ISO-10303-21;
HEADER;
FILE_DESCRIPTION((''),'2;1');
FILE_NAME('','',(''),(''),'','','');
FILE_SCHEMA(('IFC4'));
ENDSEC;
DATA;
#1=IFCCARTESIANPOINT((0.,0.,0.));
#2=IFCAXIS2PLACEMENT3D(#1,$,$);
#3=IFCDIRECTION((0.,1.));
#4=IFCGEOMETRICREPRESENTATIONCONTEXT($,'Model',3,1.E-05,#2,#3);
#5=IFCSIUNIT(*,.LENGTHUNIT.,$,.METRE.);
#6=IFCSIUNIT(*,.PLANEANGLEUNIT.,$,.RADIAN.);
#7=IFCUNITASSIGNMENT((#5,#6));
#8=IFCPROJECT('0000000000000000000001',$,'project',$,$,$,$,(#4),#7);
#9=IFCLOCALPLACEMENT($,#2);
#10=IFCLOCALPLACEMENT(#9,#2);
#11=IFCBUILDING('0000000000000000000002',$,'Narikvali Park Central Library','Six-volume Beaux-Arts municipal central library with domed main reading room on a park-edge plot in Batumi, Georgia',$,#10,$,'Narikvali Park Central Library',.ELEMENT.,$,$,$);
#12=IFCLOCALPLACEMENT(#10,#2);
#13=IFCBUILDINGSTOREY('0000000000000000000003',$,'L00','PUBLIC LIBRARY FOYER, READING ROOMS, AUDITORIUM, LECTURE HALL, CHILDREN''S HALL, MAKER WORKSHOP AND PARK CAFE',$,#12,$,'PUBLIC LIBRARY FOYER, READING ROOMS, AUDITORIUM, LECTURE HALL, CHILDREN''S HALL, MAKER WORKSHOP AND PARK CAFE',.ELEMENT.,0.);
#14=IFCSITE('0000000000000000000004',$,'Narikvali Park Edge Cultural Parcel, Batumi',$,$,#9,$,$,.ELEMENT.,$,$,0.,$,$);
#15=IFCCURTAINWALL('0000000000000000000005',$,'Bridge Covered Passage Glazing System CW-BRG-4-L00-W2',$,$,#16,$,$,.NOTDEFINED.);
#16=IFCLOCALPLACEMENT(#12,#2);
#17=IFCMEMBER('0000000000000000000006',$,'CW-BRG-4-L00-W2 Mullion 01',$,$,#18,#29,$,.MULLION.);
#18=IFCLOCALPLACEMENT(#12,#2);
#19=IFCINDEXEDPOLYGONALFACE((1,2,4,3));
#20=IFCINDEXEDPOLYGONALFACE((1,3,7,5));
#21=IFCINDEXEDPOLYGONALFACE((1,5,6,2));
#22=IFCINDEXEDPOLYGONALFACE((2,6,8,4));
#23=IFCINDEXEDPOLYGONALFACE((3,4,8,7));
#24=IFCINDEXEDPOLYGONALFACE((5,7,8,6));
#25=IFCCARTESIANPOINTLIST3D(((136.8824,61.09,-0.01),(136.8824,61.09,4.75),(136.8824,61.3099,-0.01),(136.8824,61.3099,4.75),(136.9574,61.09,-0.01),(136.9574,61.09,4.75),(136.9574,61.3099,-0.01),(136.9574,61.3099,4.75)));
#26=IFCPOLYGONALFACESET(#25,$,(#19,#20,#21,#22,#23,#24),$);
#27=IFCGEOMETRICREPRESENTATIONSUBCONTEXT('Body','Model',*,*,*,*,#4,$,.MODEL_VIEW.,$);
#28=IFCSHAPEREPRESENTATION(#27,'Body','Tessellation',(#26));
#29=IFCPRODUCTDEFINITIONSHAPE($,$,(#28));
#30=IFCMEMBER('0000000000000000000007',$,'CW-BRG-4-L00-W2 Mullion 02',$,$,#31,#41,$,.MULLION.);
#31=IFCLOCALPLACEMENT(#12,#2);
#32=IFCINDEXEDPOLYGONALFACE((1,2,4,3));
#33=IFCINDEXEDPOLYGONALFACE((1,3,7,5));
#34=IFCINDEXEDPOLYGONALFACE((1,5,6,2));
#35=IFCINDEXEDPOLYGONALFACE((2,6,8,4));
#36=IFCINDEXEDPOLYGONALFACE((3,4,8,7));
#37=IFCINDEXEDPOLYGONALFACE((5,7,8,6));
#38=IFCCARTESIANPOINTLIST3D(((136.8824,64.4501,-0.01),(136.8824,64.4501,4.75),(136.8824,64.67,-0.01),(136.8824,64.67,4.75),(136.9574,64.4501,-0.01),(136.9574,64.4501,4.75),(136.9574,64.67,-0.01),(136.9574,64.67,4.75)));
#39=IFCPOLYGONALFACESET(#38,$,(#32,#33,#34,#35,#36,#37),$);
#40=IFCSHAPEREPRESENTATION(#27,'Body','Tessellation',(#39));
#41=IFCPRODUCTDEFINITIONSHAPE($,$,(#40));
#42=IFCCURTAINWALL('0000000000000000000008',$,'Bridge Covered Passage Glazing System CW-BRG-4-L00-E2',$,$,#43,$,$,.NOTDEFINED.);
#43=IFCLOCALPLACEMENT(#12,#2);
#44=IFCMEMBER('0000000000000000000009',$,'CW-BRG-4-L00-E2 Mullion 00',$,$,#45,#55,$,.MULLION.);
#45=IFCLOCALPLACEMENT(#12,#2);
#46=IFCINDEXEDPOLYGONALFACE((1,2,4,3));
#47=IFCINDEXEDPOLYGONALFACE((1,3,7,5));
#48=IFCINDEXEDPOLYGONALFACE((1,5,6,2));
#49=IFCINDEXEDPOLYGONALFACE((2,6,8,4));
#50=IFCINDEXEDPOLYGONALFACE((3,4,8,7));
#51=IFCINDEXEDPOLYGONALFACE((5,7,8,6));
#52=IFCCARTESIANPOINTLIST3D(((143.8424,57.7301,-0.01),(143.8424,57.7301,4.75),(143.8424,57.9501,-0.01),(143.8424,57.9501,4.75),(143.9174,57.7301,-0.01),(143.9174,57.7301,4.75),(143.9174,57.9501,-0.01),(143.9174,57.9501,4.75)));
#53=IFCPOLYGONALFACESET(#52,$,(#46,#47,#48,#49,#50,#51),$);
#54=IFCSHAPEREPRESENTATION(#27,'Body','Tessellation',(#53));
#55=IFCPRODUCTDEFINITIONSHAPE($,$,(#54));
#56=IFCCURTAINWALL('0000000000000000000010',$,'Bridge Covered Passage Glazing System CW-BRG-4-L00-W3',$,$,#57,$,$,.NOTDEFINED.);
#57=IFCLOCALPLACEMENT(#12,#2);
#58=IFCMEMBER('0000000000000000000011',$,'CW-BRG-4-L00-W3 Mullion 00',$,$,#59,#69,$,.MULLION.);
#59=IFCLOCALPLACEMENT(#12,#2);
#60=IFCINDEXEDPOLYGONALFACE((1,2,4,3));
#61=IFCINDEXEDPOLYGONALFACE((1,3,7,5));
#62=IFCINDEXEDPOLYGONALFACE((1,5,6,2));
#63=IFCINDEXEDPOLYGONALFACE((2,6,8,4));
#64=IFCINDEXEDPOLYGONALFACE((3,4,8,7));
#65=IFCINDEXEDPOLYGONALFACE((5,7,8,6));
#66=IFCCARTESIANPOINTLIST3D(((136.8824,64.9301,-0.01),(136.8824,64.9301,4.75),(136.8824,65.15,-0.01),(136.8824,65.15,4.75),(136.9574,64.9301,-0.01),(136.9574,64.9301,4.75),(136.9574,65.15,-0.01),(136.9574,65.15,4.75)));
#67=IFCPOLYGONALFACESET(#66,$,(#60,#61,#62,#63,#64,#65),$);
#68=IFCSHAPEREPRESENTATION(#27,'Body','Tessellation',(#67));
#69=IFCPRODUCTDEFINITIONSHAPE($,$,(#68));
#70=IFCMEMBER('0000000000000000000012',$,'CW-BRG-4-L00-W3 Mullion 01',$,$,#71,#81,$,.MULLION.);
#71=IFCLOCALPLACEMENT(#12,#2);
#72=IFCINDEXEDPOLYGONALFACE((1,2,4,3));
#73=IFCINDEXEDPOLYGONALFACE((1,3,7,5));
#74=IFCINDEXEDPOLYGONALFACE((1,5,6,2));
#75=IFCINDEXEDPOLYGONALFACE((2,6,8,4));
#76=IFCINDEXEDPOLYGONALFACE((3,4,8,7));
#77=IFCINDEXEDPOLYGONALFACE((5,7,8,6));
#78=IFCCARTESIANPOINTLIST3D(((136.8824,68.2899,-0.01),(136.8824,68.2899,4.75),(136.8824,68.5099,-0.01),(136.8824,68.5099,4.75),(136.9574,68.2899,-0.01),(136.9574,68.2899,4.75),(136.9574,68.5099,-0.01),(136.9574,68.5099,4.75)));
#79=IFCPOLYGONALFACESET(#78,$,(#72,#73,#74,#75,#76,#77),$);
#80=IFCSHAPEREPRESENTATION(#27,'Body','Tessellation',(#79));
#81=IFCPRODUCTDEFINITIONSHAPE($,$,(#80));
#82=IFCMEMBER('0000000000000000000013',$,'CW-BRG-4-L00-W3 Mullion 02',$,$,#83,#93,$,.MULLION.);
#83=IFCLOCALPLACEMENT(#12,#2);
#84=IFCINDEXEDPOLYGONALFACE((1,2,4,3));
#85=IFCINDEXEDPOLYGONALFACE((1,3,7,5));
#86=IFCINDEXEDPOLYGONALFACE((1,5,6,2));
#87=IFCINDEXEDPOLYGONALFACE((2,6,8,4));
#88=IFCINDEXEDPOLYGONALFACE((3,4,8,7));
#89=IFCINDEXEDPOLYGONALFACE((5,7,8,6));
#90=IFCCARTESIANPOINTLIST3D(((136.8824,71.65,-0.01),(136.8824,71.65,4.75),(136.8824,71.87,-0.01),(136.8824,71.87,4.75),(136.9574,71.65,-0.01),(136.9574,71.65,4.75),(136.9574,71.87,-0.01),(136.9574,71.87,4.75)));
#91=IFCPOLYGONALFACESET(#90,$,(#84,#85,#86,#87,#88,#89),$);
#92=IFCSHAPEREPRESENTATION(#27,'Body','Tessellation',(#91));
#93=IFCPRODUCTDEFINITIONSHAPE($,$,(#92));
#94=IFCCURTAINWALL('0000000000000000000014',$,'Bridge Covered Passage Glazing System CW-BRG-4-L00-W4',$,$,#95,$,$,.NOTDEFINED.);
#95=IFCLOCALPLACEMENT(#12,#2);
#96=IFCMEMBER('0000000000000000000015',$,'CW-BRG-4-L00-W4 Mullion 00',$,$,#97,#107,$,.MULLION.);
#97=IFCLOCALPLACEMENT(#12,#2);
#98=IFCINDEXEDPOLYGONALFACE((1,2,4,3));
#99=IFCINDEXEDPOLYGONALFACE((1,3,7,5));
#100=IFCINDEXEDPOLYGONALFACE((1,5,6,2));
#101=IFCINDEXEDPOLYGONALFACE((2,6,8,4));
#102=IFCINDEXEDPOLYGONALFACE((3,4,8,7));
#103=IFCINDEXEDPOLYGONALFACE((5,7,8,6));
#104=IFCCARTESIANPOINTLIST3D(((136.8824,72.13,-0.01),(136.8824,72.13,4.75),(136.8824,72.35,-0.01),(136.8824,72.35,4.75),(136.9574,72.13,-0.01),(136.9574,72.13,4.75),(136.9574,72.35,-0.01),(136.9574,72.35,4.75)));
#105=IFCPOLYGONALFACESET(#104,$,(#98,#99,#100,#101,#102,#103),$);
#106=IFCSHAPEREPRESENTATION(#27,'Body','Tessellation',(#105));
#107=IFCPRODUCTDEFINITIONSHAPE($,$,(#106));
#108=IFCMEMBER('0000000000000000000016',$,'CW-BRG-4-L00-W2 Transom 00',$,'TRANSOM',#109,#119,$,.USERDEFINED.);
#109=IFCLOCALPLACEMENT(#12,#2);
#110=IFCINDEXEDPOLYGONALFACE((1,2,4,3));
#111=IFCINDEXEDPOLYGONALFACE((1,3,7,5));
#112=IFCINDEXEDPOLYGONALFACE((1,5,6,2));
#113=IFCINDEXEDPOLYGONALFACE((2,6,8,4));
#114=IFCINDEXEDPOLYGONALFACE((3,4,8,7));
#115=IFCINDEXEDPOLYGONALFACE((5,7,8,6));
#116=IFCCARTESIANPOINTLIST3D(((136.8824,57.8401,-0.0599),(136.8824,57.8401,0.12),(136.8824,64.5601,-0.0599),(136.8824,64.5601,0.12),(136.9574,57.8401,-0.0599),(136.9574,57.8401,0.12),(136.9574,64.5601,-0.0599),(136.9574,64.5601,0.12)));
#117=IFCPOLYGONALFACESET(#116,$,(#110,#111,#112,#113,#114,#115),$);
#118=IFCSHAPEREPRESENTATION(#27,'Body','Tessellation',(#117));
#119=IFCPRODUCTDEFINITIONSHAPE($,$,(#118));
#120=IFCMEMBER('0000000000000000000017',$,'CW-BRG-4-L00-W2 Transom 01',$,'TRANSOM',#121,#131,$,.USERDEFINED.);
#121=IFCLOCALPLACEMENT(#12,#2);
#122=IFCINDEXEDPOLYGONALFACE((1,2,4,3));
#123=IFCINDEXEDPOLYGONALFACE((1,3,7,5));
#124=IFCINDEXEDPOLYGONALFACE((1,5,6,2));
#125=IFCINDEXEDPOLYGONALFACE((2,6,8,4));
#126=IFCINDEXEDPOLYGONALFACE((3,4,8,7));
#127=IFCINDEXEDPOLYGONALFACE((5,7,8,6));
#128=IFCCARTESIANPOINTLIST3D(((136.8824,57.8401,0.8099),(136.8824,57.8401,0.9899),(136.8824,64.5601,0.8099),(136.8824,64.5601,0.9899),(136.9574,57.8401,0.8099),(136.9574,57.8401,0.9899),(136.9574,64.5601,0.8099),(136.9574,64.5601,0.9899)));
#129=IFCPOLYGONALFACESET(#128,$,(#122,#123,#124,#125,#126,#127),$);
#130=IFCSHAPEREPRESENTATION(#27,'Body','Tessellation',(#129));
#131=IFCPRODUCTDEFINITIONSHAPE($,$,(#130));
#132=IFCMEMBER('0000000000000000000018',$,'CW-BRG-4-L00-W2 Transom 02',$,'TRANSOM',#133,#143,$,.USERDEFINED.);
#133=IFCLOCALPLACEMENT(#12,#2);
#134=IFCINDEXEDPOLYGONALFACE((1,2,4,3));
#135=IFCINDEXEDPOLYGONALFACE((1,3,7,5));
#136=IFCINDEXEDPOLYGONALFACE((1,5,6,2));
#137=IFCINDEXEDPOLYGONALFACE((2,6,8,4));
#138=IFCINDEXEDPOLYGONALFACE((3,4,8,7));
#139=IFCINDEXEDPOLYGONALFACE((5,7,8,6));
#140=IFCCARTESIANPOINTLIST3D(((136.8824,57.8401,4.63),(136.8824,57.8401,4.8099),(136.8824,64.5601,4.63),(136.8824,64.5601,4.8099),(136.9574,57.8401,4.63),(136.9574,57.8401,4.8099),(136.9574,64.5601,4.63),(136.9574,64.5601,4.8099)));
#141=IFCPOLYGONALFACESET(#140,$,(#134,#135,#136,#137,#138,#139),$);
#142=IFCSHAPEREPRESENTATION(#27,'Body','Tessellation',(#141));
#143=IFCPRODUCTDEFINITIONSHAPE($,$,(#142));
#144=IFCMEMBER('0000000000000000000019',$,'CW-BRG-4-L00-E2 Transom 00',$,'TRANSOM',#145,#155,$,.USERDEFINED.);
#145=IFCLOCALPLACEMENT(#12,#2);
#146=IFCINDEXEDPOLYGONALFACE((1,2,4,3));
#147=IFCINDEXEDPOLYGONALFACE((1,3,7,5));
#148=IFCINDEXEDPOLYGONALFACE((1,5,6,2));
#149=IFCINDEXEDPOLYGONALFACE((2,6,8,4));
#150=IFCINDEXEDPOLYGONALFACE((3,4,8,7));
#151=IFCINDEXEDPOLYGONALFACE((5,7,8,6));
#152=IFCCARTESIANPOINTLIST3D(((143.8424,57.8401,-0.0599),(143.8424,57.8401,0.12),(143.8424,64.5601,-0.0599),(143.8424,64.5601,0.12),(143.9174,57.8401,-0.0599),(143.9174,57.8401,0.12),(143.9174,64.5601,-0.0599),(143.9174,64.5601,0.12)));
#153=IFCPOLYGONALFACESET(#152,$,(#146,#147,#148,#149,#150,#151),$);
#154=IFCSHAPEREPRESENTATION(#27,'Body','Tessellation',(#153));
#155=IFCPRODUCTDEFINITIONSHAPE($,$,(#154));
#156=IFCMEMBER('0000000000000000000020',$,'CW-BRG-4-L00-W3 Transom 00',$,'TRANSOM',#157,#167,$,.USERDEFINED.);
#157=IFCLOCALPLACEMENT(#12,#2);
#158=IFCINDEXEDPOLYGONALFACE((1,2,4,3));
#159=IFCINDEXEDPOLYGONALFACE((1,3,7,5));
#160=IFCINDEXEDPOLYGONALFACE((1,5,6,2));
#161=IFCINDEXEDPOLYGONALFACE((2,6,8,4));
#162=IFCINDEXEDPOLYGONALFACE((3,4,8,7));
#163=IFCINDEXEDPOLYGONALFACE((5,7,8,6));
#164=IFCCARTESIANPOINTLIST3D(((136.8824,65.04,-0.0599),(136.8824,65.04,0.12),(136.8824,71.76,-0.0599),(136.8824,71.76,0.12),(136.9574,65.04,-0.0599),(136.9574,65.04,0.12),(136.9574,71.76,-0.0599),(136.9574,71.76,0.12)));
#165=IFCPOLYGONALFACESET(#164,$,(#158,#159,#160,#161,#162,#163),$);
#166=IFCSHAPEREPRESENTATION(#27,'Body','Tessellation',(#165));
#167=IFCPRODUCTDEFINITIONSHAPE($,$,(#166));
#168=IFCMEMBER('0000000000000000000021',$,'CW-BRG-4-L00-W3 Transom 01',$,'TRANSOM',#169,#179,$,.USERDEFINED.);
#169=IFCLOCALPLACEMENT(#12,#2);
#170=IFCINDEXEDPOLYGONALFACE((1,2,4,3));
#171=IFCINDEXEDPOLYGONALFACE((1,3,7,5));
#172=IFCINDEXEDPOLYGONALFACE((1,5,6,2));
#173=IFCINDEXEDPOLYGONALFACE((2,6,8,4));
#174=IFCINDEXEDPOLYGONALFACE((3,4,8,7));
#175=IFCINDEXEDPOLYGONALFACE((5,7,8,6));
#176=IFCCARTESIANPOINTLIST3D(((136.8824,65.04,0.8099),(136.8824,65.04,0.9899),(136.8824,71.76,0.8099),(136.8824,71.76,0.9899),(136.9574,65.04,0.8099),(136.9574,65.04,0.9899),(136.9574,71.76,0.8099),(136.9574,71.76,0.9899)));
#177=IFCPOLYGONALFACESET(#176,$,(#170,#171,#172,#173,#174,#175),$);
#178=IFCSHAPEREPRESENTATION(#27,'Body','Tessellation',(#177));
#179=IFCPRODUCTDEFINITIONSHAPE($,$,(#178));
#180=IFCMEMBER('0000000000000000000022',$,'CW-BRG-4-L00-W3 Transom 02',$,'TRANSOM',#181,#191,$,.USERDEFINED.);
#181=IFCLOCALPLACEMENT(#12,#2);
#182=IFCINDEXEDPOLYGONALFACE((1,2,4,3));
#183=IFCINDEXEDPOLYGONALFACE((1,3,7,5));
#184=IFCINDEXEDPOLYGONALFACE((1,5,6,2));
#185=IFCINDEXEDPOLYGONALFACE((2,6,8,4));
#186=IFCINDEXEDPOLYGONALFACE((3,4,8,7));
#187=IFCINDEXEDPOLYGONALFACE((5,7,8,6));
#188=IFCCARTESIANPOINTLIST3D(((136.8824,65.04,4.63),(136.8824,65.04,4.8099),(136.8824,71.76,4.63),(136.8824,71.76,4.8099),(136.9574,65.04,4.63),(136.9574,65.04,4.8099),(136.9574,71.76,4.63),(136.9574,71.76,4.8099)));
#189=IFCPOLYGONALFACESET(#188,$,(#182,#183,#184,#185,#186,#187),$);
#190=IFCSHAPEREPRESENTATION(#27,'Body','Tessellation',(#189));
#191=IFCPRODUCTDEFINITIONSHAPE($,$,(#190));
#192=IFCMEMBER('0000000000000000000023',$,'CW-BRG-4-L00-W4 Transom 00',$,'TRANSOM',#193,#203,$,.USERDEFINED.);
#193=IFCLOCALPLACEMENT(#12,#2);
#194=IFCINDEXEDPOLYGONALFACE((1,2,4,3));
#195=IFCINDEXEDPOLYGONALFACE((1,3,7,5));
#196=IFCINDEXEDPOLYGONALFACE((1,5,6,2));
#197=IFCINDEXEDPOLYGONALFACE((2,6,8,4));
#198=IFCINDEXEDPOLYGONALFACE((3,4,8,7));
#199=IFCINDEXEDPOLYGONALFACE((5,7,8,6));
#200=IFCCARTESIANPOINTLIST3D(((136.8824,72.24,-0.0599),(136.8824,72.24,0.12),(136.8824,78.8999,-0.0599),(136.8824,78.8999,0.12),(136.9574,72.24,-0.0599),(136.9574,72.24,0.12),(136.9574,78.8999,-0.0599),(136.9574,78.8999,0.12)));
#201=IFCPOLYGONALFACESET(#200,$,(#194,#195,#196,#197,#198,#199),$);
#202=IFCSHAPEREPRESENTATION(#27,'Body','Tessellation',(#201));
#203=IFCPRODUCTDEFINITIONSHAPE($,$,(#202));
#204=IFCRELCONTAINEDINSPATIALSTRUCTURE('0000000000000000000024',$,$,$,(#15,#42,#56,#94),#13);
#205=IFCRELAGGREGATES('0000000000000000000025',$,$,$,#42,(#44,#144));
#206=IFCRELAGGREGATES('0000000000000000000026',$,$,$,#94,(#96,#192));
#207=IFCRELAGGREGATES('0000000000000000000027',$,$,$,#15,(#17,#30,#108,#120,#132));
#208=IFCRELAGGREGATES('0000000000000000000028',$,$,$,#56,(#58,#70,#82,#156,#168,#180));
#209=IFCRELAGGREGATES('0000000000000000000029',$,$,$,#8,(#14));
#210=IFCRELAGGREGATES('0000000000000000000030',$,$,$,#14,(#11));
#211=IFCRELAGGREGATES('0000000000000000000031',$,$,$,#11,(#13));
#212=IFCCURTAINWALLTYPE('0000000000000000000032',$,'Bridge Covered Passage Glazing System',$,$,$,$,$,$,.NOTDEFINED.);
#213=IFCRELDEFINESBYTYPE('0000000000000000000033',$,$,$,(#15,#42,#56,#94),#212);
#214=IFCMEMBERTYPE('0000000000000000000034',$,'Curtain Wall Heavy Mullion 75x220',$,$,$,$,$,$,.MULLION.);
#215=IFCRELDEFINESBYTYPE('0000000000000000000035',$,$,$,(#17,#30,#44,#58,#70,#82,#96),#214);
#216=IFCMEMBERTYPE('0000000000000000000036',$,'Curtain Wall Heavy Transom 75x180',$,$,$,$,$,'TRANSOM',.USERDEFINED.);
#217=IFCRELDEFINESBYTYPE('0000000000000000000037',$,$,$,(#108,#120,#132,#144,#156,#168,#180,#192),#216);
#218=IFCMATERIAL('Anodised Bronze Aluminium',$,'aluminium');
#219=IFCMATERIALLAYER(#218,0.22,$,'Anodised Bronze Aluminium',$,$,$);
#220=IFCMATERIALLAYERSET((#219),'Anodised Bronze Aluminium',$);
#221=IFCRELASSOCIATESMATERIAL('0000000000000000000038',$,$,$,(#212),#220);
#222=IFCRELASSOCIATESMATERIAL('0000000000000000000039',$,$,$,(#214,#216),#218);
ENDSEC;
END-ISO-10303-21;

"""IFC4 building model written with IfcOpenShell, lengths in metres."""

from ifc_helpers import new_model, si_unit, direction, frame, origin, origin_2d, place, context, subcontext, project, spatial, rectangle, extrude, material, layer, layer_set, material_profile, profile_set, type_object, element, aggregate, save


model = new_model("IFC4")

# Units and contexts
model_context = context("Model", 3, precision=1e-05, world=origin(), true_north=direction((0.0, 1.0)))
body_context = subcontext(model_context, "Body", "Model", "MODEL_VIEW")
ifc_project = project(units=[si_unit("LENGTHUNIT", "METRE"), si_unit("PLANEANGLEUNIT", "RADIAN")], contexts=[model_context])

# Site, building, storey
site_placement = place(None, origin())
site = spatial("IfcSite", under=ifc_project, at=site_placement, Name="Narikvali Park Edge Cultural Parcel, Batumi", CompositionType="ELEMENT", RefElevation=0.0)
building_placement = place(site_placement, origin())
building = spatial("IfcBuilding", under=site, at=building_placement, Name="Narikvali Park Central Library", Description="Six-volume Beaux-Arts municipal central library with domed main reading room on a park-edge plot in Batumi, Georgia", LongName="Narikvali Park Central Library", CompositionType="ELEMENT")
storey_placement = place(building_placement, origin())
storey = spatial("IfcBuildingStorey", under=building, at=storey_placement, Name="L00", Description="PUBLIC LIBRARY FOYER, READING ROOMS, AUDITORIUM, LECTURE HALL, CHILDREN'S HALL, MAKER WORKSHOP AND PARK CAFE", LongName="PUBLIC LIBRARY FOYER, READING ROOMS, AUDITORIUM, LECTURE HALL, CHILDREN'S HALL, MAKER WORKSHOP AND PARK CAFE", CompositionType="ELEMENT", Elevation=0.0)

# Curtain wall, members
ifc_material_1 = material(Name="Anodised Bronze Aluminium", Category="aluminium")
ifc_layer_1 = layer(ifc_material_1, 0.22, Name="Anodised Bronze Aluminium")
ifc_layer_set_1 = layer_set([ifc_layer_1], Name="Anodised Bronze Aluminium")
curtain_wall_type = type_object("IfcCurtainWallType", Name="Bridge Covered Passage Glazing System", PredefinedType="NOTDEFINED", material=ifc_layer_set_1)
curtain_wall_1_placement = place(storey_placement, origin())
curtain_wall_1 = element("IfcCurtainWall", 1, at=curtain_wall_1_placement, inside=storey, type_object=curtain_wall_type, Name="Bridge Covered Passage Glazing System CW-BRG-4-L00-W2", PredefinedType="NOTDEFINED")
ifc_material_profile_1 = material_profile(ifc_material_1, rectangle(XDim=0.075, YDim=0.22, at=origin_2d()), Name="CW MULLION 75x220")
ifc_profile_set_1 = profile_set([ifc_material_profile_1], Name="Anodised Bronze Aluminium")
member_type_1 = type_object("IfcMemberType", Name="Curtain Wall Heavy Mullion 75x220", PredefinedType="MULLION", material=ifc_profile_set_1)
member_1_placement = place(storey_placement, frame((136.9199, 61.2, -0.01), z_axis=(0.0, 0.0, 1.0), x_axis=(1.0, 0.0, 0.0)))
member_1 = element("IfcMember", 2, at=member_1_placement, type_object=member_type_1, Name="CW-BRG-4-L00-W2 Mullion 01", PredefinedType="MULLION", context=body_context, shape_type="SweptSolid", body=[
    extrude(rectangle(XDim=0.075, YDim=0.22, at=origin_2d()), origin(), (0.0, 0.0, 1.0), 4.76),
])
member_2_placement = place(storey_placement, frame((136.9199, 64.5601, -0.01), z_axis=(0.0, 0.0, 1.0), x_axis=(1.0, 0.0, 0.0)))
member_2 = element("IfcMember", 3, at=member_2_placement, type_object=member_type_1, Name="CW-BRG-4-L00-W2 Mullion 02", PredefinedType="MULLION", context=body_context, shape_type="SweptSolid", body=[
    extrude(rectangle(XDim=0.075, YDim=0.22, at=origin_2d()), origin(), (0.0, 0.0, 1.0), 4.76),
])

# Curtain wall, member
curtain_wall_2_placement = place(storey_placement, origin())
curtain_wall_2 = element("IfcCurtainWall", 4, at=curtain_wall_2_placement, inside=storey, type_object=curtain_wall_type, Name="Bridge Covered Passage Glazing System CW-BRG-4-L00-E2", PredefinedType="NOTDEFINED")
member_3_placement = place(storey_placement, frame((143.8799, 57.8401, -0.01), z_axis=(0.0, 0.0, 1.0), x_axis=(1.0, 0.0, 0.0)))
member_3 = element("IfcMember", 5, at=member_3_placement, type_object=member_type_1, Name="CW-BRG-4-L00-E2 Mullion 00", PredefinedType="MULLION", context=body_context, shape_type="SweptSolid", body=[
    extrude(rectangle(XDim=0.075, YDim=0.22, at=origin_2d()), origin(), (0.0, 0.0, 1.0), 4.76),
])

# Curtain wall, members
curtain_wall_3_placement = place(storey_placement, origin())
curtain_wall_3 = element("IfcCurtainWall", 6, at=curtain_wall_3_placement, inside=storey, type_object=curtain_wall_type, Name="Bridge Covered Passage Glazing System CW-BRG-4-L00-W3", PredefinedType="NOTDEFINED")
member_4_placement = place(storey_placement, frame((136.9199, 65.04, -0.01), z_axis=(0.0, 0.0, 1.0), x_axis=(1.0, 0.0, 0.0)))
member_4 = element("IfcMember", 7, at=member_4_placement, type_object=member_type_1, Name="CW-BRG-4-L00-W3 Mullion 00", PredefinedType="MULLION", context=body_context, shape_type="SweptSolid", body=[
    extrude(rectangle(XDim=0.075, YDim=0.22, at=origin_2d()), origin(), (0.0, 0.0, 1.0), 4.76),
])
member_5_placement = place(storey_placement, frame((136.9199, 68.3999, -0.01), z_axis=(0.0, 0.0, 1.0), x_axis=(1.0, 0.0, 0.0)))
member_5 = element("IfcMember", 8, at=member_5_placement, type_object=member_type_1, Name="CW-BRG-4-L00-W3 Mullion 01", PredefinedType="MULLION", context=body_context, shape_type="SweptSolid", body=[
    extrude(rectangle(XDim=0.075, YDim=0.22, at=origin_2d()), origin(), (0.0, 0.0, 1.0), 4.76),
])
member_6_placement = place(storey_placement, frame((136.9199, 71.76, -0.01), z_axis=(0.0, 0.0, 1.0), x_axis=(1.0, 0.0, 0.0)))
member_6 = element("IfcMember", 9, at=member_6_placement, type_object=member_type_1, Name="CW-BRG-4-L00-W3 Mullion 02", PredefinedType="MULLION", context=body_context, shape_type="SweptSolid", body=[
    extrude(rectangle(XDim=0.075, YDim=0.22, at=origin_2d()), origin(), (0.0, 0.0, 1.0), 4.76),
])

# Curtain wall, member
curtain_wall_4_placement = place(storey_placement, origin())
curtain_wall_4 = element("IfcCurtainWall", 10, at=curtain_wall_4_placement, inside=storey, type_object=curtain_wall_type, Name="Bridge Covered Passage Glazing System CW-BRG-4-L00-W4", PredefinedType="NOTDEFINED")
member_7_placement = place(storey_placement, frame((136.9199, 72.24, -0.01), z_axis=(0.0, 0.0, 1.0), x_axis=(1.0, 0.0, 0.0)))
member_7 = element("IfcMember", 11, at=member_7_placement, type_object=member_type_1, Name="CW-BRG-4-L00-W4 Mullion 00", PredefinedType="MULLION", context=body_context, shape_type="SweptSolid", body=[
    extrude(rectangle(XDim=0.075, YDim=0.22, at=origin_2d()), origin(), (0.0, 0.0, 1.0), 4.76),
])

# Members
ifc_material_profile_2 = material_profile(ifc_material_1, rectangle(XDim=0.075, YDim=0.1799, at=origin_2d()), Name="CW TRANSOM 75x180")
ifc_profile_set_2 = profile_set([ifc_material_profile_2], Name="Anodised Bronze Aluminium")
member_type_2 = type_object("IfcMemberType", Name="Curtain Wall Heavy Transom 75x180", ElementType="TRANSOM", PredefinedType="USERDEFINED", material=ifc_profile_set_2)
member_8_placement = place(storey_placement, frame((136.9199, 57.8401, 0.03), z_axis=(0.0, 1.0, 0.0), x_axis=(-1.0, 0.0, 0.0)))
member_8 = element("IfcMember", 12, at=member_8_placement, type_object=member_type_2, Name="CW-BRG-4-L00-W2 Transom 00", ObjectType="TRANSOM", PredefinedType="USERDEFINED", context=body_context, shape_type="SweptSolid", body=[
    extrude(rectangle(XDim=0.075, YDim=0.1799, at=origin_2d()), origin(), (0.0, 0.0, 1.0), 6.72),
])
member_9_placement = place(storey_placement, frame((136.9199, 57.8401, 0.8999), z_axis=(0.0, 1.0, 0.0), x_axis=(-1.0, 0.0, 0.0)))
member_9 = element("IfcMember", 13, at=member_9_placement, type_object=member_type_2, Name="CW-BRG-4-L00-W2 Transom 01", ObjectType="TRANSOM", PredefinedType="USERDEFINED", context=body_context, shape_type="SweptSolid", body=[
    extrude(rectangle(XDim=0.075, YDim=0.1799, at=origin_2d()), origin(), (0.0, 0.0, 1.0), 6.72),
])
member_10_placement = place(storey_placement, frame((136.9199, 57.8401, 4.72), z_axis=(0.0, 1.0, 0.0), x_axis=(-1.0, 0.0, 0.0)))
member_10 = element("IfcMember", 14, at=member_10_placement, type_object=member_type_2, Name="CW-BRG-4-L00-W2 Transom 02", ObjectType="TRANSOM", PredefinedType="USERDEFINED", context=body_context, shape_type="SweptSolid", body=[
    extrude(rectangle(XDim=0.075, YDim=0.1799, at=origin_2d()), origin(), (0.0, 0.0, 1.0), 6.72),
])
member_11_placement = place(storey_placement, frame((143.8799, 57.8401, 0.03), z_axis=(0.0, 1.0, 0.0), x_axis=(-1.0, 0.0, 0.0)))
member_11 = element("IfcMember", 15, at=member_11_placement, type_object=member_type_2, Name="CW-BRG-4-L00-E2 Transom 00", ObjectType="TRANSOM", PredefinedType="USERDEFINED", context=body_context, shape_type="SweptSolid", body=[
    extrude(rectangle(XDim=0.075, YDim=0.1799, at=origin_2d()), origin(), (0.0, 0.0, 1.0), 6.72),
])
aggregate(curtain_wall_2, [member_3, member_11])
member_12_placement = place(storey_placement, frame((136.9199, 65.04, 0.03), z_axis=(0.0, 1.0, 0.0), x_axis=(-1.0, 0.0, 0.0)))
member_12 = element("IfcMember", 16, at=member_12_placement, type_object=member_type_2, Name="CW-BRG-4-L00-W3 Transom 00", ObjectType="TRANSOM", PredefinedType="USERDEFINED", context=body_context, shape_type="SweptSolid", body=[
    extrude(rectangle(XDim=0.075, YDim=0.1799, at=origin_2d()), origin(), (0.0, 0.0, 1.0), 6.72),
])
member_13_placement = place(storey_placement, frame((136.9199, 65.04, 0.8999), z_axis=(0.0, 1.0, 0.0), x_axis=(-1.0, 0.0, 0.0)))
member_13 = element("IfcMember", 17, at=member_13_placement, type_object=member_type_2, Name="CW-BRG-4-L00-W3 Transom 01", ObjectType="TRANSOM", PredefinedType="USERDEFINED", context=body_context, shape_type="SweptSolid", body=[
    extrude(rectangle(XDim=0.075, YDim=0.1799, at=origin_2d()), origin(), (0.0, 0.0, 1.0), 6.72),
])
member_14_placement = place(storey_placement, frame((136.9199, 65.04, 4.72), z_axis=(0.0, 1.0, 0.0), x_axis=(-1.0, 0.0, 0.0)))
member_14 = element("IfcMember", 18, at=member_14_placement, type_object=member_type_2, Name="CW-BRG-4-L00-W3 Transom 02", ObjectType="TRANSOM", PredefinedType="USERDEFINED", context=body_context, shape_type="SweptSolid", body=[
    extrude(rectangle(XDim=0.075, YDim=0.1799, at=origin_2d()), origin(), (0.0, 0.0, 1.0), 6.72),
])
member_15_placement = place(storey_placement, frame((136.9199, 72.24, 0.03), z_axis=(0.0, 1.0, 0.0), x_axis=(-1.0, 0.0, 0.0)))
member_15 = element("IfcMember", 19, at=member_15_placement, type_object=member_type_2, Name="CW-BRG-4-L00-W4 Transom 00", ObjectType="TRANSOM", PredefinedType="USERDEFINED", context=body_context, shape_type="SweptSolid", body=[
    extrude(rectangle(XDim=0.075, YDim=0.1799, at=origin_2d()), origin(), (0.0, 0.0, 1.0), 6.6599),
])
aggregate(curtain_wall_4, [member_7, member_15])

aggregate(curtain_wall_1, [member_1, member_2, member_8, member_9, member_10])
aggregate(curtain_wall_3, [member_4, member_5, member_6, member_12, member_13, member_14])

save(model, "model.ifc")
